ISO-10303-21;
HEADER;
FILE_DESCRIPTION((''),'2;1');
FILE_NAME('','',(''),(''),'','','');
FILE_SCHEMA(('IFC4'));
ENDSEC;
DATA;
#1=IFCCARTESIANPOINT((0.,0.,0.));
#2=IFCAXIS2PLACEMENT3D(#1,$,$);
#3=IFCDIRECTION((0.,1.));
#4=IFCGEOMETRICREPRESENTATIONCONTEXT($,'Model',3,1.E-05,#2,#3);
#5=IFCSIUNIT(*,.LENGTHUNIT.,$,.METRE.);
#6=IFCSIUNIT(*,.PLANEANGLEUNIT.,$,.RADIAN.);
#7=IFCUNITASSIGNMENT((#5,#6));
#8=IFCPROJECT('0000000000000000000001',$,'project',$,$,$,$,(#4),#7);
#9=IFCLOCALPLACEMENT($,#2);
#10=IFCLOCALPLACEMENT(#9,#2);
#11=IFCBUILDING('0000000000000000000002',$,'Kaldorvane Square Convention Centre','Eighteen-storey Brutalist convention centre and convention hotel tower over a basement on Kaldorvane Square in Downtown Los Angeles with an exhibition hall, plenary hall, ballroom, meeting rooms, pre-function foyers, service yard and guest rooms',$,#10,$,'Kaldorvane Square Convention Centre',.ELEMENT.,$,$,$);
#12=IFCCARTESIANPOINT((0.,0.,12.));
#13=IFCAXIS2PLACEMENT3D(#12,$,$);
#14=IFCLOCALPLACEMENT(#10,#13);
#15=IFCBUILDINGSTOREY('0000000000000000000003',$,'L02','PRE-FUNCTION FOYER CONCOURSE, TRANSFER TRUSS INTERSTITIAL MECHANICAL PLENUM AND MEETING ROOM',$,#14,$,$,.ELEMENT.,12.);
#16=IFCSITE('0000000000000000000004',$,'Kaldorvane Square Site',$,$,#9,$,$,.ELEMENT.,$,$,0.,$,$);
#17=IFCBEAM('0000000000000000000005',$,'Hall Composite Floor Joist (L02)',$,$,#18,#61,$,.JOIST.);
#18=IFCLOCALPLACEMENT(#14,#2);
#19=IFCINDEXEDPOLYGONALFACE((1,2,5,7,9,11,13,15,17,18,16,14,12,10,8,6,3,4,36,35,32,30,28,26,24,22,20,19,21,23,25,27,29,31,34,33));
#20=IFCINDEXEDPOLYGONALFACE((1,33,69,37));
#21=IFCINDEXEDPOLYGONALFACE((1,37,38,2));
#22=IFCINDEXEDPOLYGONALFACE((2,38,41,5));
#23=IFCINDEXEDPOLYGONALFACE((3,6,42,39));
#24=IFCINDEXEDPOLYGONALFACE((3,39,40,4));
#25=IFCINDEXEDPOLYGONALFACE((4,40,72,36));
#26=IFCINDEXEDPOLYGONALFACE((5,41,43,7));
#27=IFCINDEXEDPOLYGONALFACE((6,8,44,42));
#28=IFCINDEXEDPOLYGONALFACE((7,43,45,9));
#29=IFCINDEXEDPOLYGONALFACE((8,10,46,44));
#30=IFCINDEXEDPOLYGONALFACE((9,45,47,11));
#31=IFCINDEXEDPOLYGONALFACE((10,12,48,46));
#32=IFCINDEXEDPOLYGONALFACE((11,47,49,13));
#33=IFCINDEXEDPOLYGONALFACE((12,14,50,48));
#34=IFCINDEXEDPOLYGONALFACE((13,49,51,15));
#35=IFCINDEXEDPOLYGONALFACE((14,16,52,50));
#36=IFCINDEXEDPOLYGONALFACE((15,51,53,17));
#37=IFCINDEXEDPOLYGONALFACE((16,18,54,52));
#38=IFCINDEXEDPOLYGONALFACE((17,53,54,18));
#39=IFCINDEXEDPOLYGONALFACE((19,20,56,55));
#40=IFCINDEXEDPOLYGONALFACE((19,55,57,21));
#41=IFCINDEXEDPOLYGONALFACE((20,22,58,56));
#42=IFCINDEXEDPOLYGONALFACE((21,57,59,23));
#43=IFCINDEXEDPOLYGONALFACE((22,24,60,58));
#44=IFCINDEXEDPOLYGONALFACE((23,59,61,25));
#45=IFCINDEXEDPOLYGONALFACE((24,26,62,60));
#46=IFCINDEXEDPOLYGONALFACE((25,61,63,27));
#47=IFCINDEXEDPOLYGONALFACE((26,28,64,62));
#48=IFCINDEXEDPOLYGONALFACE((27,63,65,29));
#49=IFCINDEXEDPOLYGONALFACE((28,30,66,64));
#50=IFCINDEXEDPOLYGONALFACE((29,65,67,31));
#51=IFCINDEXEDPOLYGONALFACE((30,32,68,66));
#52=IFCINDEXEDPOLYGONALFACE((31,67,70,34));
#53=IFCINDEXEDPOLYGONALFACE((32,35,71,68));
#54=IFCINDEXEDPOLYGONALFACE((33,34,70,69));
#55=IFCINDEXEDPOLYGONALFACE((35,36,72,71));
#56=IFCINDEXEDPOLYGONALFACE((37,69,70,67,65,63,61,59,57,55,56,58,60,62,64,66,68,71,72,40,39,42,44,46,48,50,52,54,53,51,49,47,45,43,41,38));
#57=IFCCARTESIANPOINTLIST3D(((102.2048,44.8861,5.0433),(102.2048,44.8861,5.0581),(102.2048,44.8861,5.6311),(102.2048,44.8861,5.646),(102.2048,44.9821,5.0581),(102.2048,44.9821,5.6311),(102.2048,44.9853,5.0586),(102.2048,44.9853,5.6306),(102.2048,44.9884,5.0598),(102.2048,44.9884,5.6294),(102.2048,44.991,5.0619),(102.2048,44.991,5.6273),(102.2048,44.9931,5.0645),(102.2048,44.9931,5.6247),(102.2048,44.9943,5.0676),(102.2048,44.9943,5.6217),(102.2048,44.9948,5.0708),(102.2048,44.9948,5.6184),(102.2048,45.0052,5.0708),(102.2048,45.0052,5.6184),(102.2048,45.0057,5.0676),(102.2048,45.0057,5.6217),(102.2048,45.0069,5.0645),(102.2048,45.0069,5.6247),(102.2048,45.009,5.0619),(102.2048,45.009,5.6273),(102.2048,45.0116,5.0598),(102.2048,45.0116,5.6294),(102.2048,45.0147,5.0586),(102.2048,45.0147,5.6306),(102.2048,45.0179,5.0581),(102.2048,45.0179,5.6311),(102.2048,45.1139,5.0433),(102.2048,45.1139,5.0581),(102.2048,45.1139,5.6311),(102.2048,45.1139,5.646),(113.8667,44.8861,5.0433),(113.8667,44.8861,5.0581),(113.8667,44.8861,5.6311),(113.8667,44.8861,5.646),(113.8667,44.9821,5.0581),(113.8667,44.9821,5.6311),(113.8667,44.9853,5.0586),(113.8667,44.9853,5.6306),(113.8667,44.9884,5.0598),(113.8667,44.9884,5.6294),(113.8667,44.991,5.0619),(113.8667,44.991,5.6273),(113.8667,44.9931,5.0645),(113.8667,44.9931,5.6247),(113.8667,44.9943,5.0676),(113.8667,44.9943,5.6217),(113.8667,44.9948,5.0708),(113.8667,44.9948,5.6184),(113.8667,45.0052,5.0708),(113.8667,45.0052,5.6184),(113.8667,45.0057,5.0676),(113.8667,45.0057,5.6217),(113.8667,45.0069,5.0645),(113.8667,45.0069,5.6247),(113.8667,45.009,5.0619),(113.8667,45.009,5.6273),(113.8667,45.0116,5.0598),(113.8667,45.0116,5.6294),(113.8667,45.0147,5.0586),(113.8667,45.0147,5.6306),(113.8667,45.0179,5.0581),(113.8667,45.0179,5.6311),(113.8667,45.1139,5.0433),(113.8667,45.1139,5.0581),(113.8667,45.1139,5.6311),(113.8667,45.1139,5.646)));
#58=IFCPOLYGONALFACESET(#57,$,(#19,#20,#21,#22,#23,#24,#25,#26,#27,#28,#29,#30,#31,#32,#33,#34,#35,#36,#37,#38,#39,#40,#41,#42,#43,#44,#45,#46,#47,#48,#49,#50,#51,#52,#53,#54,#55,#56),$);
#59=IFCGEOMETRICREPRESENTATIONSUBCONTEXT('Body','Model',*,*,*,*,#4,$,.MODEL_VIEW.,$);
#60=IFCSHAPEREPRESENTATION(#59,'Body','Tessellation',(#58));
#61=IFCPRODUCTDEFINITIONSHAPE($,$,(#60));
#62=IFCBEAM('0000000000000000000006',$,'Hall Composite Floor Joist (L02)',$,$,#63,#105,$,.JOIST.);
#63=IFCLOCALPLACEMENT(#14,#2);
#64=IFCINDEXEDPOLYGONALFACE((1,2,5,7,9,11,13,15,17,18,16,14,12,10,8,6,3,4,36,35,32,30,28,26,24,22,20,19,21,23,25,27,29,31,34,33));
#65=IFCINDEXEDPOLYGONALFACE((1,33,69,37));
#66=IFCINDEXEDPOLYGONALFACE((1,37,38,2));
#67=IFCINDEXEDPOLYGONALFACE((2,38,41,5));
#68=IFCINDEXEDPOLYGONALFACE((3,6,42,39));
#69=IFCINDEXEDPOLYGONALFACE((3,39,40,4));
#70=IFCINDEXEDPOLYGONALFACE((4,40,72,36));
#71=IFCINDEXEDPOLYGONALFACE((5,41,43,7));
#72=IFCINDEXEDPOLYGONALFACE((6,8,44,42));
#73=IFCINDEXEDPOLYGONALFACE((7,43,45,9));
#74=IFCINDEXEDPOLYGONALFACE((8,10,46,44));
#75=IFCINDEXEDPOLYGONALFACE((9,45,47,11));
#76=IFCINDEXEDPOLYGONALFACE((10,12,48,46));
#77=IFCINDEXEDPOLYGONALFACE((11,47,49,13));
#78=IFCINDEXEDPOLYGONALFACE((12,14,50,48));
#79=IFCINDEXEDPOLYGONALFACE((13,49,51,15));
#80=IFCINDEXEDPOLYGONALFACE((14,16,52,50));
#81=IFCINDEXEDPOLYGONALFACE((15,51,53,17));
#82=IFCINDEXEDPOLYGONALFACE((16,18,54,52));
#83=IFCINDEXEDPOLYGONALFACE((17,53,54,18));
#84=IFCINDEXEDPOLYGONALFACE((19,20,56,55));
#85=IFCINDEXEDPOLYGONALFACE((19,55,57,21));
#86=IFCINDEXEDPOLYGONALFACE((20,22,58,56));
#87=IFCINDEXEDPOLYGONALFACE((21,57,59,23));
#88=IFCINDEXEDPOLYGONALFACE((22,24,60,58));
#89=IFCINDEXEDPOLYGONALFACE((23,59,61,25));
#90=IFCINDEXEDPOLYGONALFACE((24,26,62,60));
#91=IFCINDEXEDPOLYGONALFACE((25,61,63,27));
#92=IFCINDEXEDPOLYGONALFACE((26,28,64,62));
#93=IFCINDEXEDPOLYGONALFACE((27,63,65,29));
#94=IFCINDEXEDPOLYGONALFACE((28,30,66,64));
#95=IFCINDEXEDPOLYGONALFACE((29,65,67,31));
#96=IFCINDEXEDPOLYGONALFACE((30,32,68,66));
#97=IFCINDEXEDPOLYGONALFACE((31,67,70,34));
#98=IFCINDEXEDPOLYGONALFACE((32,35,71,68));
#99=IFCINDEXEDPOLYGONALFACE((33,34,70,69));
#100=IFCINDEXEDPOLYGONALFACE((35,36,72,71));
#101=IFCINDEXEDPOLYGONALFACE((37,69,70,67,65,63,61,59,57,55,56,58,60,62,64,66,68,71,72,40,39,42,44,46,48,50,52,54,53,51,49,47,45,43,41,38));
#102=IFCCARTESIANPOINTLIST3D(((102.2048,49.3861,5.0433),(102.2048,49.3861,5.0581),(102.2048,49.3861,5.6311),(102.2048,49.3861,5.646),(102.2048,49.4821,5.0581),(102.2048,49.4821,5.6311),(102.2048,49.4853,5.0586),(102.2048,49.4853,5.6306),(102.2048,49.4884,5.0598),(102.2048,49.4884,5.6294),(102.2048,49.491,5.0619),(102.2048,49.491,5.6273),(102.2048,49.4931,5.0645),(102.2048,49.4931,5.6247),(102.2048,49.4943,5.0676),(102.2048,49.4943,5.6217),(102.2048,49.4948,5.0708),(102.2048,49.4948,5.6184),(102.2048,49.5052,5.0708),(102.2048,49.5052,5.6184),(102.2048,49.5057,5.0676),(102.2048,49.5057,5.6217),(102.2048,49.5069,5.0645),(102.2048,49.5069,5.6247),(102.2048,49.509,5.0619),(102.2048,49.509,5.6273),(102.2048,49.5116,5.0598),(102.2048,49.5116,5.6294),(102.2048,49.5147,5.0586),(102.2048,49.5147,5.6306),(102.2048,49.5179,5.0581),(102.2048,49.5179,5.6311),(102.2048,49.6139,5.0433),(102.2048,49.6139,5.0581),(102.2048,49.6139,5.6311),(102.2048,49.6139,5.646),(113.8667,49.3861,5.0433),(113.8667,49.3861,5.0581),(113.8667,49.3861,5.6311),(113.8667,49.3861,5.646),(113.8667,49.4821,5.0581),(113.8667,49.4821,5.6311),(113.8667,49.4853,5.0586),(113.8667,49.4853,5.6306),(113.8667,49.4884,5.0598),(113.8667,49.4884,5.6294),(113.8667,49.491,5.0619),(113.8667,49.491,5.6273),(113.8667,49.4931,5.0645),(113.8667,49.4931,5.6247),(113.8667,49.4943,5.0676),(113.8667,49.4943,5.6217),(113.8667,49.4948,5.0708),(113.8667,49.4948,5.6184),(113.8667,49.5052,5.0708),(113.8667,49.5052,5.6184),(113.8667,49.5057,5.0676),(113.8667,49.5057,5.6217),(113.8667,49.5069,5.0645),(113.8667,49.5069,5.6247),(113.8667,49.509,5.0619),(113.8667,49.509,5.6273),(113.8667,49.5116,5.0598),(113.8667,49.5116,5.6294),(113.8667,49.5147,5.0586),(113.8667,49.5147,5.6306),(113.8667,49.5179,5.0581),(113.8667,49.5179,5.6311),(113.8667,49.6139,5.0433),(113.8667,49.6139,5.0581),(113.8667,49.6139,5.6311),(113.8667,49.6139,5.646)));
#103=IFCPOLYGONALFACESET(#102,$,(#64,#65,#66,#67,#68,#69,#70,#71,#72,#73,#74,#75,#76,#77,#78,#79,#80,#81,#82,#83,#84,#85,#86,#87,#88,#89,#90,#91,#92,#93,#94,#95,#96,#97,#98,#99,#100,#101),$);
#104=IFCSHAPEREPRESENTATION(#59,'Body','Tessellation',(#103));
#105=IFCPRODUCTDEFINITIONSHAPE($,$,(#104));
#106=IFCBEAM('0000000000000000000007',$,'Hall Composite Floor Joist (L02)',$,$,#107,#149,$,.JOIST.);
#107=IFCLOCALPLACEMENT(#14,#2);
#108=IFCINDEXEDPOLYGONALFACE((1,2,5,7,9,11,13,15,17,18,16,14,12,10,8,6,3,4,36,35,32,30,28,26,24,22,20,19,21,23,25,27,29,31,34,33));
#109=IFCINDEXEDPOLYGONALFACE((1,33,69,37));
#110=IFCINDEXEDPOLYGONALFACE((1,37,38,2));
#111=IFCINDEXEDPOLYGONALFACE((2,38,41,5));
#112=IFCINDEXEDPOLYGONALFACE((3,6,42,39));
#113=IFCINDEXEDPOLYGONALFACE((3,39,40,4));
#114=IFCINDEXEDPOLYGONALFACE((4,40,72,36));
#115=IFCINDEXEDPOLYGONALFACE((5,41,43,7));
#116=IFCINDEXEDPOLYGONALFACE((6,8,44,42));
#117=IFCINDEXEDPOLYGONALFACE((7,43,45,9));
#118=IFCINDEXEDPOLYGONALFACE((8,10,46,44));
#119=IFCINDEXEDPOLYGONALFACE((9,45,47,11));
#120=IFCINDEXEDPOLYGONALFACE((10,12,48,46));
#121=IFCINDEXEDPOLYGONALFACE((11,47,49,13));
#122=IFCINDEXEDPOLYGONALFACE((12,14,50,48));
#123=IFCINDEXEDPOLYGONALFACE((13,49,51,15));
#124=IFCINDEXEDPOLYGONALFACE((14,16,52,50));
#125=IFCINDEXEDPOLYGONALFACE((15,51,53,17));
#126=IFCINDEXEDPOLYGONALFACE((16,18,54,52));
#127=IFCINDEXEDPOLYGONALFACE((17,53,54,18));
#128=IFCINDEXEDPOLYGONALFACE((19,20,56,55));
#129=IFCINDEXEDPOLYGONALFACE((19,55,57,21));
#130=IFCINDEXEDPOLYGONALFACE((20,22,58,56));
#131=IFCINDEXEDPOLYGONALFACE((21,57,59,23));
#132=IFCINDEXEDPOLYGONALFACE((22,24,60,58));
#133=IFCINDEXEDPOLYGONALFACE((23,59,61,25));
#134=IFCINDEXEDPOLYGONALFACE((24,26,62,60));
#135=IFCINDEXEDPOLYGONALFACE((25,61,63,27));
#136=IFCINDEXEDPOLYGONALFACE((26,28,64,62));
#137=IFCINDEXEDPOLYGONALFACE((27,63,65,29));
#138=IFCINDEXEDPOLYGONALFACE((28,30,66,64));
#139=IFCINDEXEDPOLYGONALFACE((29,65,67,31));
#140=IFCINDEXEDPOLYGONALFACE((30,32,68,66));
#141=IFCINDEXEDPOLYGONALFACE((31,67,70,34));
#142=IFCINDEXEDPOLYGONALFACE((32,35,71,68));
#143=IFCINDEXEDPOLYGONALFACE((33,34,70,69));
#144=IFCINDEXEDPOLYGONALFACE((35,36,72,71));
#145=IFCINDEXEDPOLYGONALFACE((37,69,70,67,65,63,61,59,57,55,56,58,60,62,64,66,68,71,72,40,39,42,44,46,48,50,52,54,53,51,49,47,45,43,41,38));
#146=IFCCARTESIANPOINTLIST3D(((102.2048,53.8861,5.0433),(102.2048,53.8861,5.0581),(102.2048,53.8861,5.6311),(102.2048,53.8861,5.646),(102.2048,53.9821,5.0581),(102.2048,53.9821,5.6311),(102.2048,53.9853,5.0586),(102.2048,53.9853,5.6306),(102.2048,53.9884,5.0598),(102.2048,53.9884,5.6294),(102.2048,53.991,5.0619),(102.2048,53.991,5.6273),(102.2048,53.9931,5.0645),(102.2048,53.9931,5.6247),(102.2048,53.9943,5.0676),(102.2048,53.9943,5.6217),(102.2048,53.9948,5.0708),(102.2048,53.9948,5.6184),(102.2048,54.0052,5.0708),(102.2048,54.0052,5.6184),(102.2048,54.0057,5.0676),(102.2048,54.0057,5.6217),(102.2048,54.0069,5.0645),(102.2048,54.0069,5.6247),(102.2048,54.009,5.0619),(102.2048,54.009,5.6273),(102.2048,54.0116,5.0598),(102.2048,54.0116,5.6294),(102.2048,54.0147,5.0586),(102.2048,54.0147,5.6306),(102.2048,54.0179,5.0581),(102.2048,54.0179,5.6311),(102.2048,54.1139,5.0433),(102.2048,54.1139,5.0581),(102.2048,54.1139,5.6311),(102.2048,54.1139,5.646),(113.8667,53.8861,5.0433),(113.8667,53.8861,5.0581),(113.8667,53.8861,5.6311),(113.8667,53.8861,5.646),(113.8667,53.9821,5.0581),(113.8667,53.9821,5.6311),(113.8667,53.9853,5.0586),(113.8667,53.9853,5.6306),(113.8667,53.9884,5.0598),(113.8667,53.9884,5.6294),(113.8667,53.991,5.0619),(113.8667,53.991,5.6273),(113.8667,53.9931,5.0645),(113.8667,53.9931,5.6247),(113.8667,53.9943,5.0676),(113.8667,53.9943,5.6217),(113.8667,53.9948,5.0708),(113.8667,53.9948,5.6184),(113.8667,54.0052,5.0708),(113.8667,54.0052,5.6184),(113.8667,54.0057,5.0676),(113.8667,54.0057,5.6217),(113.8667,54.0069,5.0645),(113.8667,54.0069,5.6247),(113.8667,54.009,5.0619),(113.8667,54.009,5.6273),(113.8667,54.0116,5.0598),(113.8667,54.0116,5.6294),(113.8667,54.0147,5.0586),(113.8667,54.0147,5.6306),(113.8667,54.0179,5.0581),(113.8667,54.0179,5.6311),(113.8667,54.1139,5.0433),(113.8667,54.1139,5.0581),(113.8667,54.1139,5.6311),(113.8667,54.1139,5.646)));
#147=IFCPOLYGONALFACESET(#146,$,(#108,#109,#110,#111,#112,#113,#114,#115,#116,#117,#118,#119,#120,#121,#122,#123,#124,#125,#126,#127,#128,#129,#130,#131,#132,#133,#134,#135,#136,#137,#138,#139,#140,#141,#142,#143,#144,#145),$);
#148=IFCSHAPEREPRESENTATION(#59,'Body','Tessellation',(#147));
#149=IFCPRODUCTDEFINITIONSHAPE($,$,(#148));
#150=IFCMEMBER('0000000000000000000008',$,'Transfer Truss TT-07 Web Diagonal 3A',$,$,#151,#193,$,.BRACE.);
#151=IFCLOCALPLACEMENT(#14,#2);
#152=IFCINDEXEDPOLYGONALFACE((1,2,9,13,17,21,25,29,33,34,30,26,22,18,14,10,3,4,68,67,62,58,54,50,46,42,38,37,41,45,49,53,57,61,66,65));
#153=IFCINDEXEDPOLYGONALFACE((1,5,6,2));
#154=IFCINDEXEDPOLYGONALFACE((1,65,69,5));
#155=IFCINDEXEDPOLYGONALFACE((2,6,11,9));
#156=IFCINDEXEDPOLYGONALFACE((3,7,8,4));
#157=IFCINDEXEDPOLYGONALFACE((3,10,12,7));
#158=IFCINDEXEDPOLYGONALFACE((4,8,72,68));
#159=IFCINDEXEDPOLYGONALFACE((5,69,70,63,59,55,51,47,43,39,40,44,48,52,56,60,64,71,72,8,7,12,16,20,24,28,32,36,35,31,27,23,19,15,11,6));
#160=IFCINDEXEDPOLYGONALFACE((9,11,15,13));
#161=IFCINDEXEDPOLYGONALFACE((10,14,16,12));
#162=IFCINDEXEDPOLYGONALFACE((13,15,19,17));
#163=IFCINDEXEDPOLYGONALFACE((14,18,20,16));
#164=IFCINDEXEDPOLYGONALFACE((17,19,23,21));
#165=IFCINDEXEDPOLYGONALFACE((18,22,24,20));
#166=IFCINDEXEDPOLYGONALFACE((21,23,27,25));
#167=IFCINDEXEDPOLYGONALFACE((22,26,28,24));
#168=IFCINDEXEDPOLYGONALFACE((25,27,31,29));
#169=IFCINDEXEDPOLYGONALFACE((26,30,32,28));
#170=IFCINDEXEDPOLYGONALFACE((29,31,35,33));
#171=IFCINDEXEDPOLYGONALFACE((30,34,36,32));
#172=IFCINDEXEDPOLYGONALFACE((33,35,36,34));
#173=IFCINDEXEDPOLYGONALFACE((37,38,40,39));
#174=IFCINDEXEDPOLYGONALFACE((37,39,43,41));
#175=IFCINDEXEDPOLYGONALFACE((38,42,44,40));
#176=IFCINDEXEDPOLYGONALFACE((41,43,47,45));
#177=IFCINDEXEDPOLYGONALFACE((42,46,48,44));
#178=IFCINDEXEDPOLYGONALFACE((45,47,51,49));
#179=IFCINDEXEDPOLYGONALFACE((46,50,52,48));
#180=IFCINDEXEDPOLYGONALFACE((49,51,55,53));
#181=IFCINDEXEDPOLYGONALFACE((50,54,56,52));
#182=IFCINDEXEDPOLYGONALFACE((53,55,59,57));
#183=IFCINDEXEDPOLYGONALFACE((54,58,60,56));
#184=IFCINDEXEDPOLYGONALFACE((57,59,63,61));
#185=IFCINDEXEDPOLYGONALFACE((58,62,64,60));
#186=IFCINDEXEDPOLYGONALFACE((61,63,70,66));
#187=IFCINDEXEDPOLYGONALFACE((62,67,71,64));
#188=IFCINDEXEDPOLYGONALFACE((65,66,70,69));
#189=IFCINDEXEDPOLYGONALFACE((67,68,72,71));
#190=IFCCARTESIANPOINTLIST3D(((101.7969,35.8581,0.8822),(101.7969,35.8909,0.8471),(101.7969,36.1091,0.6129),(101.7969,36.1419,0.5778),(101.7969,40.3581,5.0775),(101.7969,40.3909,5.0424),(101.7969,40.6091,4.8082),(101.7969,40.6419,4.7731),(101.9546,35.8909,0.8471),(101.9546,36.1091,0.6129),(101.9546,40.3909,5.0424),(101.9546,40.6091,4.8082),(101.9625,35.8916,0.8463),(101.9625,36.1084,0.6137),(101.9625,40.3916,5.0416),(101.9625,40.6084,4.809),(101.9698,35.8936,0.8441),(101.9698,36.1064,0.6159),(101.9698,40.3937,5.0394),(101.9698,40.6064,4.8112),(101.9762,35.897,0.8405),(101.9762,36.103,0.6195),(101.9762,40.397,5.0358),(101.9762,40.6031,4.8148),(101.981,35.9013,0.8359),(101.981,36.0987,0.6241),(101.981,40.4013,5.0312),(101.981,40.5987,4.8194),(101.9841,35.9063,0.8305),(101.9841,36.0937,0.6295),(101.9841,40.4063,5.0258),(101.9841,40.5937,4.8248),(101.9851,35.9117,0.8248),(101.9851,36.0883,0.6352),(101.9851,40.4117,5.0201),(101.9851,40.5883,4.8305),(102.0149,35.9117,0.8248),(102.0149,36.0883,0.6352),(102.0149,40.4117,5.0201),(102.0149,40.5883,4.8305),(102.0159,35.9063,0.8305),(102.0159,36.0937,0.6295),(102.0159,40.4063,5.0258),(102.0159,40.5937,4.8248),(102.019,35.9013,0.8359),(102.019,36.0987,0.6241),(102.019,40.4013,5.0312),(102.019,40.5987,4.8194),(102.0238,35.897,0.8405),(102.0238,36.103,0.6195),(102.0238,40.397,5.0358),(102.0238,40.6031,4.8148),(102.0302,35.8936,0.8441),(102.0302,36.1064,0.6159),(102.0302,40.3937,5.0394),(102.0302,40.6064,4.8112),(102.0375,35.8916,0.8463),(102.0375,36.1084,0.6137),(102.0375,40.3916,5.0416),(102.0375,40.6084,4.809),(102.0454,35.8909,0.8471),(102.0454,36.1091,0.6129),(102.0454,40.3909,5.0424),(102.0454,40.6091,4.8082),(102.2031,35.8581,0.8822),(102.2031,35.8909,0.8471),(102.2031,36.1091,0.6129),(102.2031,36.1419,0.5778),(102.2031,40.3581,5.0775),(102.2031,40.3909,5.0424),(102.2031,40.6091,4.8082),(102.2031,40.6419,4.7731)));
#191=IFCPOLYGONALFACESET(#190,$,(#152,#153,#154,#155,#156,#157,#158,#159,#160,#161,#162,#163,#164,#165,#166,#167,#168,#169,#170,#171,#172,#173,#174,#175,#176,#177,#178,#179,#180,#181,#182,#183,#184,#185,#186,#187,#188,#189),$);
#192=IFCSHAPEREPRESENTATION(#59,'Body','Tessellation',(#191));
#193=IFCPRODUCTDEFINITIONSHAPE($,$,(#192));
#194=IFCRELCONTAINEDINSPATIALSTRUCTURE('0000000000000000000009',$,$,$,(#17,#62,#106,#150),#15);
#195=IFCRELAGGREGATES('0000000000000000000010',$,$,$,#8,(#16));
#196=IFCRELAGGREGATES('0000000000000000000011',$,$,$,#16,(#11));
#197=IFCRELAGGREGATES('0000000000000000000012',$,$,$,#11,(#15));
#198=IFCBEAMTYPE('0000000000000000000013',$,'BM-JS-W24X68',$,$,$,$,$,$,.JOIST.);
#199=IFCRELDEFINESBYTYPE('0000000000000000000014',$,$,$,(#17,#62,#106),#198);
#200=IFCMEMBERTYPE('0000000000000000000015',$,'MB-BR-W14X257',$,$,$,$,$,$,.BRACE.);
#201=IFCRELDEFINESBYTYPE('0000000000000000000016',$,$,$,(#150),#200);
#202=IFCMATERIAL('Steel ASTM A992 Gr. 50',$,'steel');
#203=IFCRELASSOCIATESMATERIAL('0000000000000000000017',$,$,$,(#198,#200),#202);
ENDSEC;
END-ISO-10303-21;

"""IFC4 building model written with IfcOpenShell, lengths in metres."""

from ifc_helpers import new_model, si_unit, direction, frame, origin, origin_2d, place, context, subcontext, project, spatial, i_section, extrude, material, material_profile, profile_set, type_object, element, save


model = new_model("IFC4")

# Units and contexts
model_context = context("Model", 3, precision=1e-05, world=origin(), true_north=direction((0.0, 1.0)))
body_context = subcontext(model_context, "Body", "Model", "MODEL_VIEW")
ifc_project = project(units=[si_unit("LENGTHUNIT", "METRE"), si_unit("PLANEANGLEUNIT", "RADIAN")], contexts=[model_context])

# Site, building, storey
site_placement = place(None, origin())
site = spatial("IfcSite", under=ifc_project, at=site_placement, Name="Kaldorvane Square Site", CompositionType="ELEMENT", RefElevation=0.0)
building_placement = place(site_placement, origin())
building = spatial("IfcBuilding", under=site, at=building_placement, Name="Kaldorvane Square Convention Centre", Description="Eighteen-storey Brutalist convention centre and convention hotel tower over a basement on Kaldorvane Square in Downtown Los Angeles with an exhibition hall, plenary hall, ballroom, meeting rooms, pre-function foyers, service yard and guest rooms", LongName="Kaldorvane Square Convention Centre", CompositionType="ELEMENT")
storey_placement = place(building_placement, frame((0.0, 0.0, 12.0)))
storey = spatial("IfcBuildingStorey", under=building, at=storey_placement, Name="L02", Description="PRE-FUNCTION FOYER CONCOURSE, TRANSFER TRUSS INTERSTITIAL MECHANICAL PLENUM AND MEETING ROOM", CompositionType="ELEMENT", Elevation=12.0)

# Shared definitions
ifc_material_1 = material(Name="Steel ASTM A992 Gr. 50", Category="steel")

# Beams
ifc_material_profile_1 = material_profile(ifc_material_1, i_section(OverallWidth=0.2277, OverallDepth=0.6027, WebThickness=0.0105, FlangeThickness=0.0149, FilletRadius=0.0127, at=origin_2d()), Name="W24X68")
ifc_profile_set_1 = profile_set([ifc_material_profile_1], Name="Steel ASTM A992 Gr. 50")
beam_type_1 = type_object("IfcBeamType", Name="BM-JS-W24X68", PredefinedType="JOIST", material=ifc_profile_set_1)
for number, where, z_axis, x_axis, name in (
    (1, (102.2048, 45.0, 5.3446), (1.0, 0.0, 0.0), (0.0, 1.0, 0.0), "Hall Composite Floor Joist (L02)"),
    (2, (102.2048, 49.5, 5.3446), (1.0, 0.0, 0.0), (0.0, 1.0, 0.0), "Hall Composite Floor Joist (L02)"),
    (3, (102.2048, 54.0, 5.3446), (1.0, 0.0, 0.0), (0.0, 1.0, 0.0), "Hall Composite Floor Joist (L02)"),
):
    element("IfcBeam", number, at=place(storey_placement, frame(where, z_axis=z_axis, x_axis=x_axis)), inside=storey, type_object=beam_type_1, Name=name, PredefinedType="JOIST", context=body_context, shape_type="SweptSolid", body=[
        extrude(i_section(OverallWidth=0.2277, OverallDepth=0.6027, WebThickness=0.0105, FlangeThickness=0.0149, FilletRadius=0.0127, at=origin_2d()), origin(), (0.0, 0.0, 1.0), 11.6619),
    ])

# Member
ifc_material_profile_2 = material_profile(ifc_material_1, i_section(OverallWidth=0.4063, OverallDepth=0.4161, WebThickness=0.0298, FlangeThickness=0.048, FilletRadius=0.0305, at=origin_2d()), Name="W14X257")
ifc_profile_set_2 = profile_set([ifc_material_profile_2], Name="Steel ASTM A992 Gr. 50")
member_type_1 = type_object("IfcMemberType", Name="MB-BR-W14X257", PredefinedType="BRACE", material=ifc_profile_set_2)
for number, where, z_axis, x_axis, name in (
    (4, (102.0, 36.0, 0.73), (0.0, 0.731436, 0.68191), (-1.0, 0.0, 0.0), "Transfer Truss TT-07 Web Diagonal 3A"),
):
    element("IfcMember", number, at=place(storey_placement, frame(where, z_axis=z_axis, x_axis=x_axis)), inside=storey, type_object=member_type_1, Name=name, PredefinedType="BRACE", context=body_context, shape_type="SweptSolid", body=[
        extrude(i_section(OverallWidth=0.4063, OverallDepth=0.4161, WebThickness=0.0298, FlangeThickness=0.048, FilletRadius=0.0305, at=origin_2d()), origin(), (0.0, 0.0, 1.0), 6.1523),
    ])

save(model, "model.ifc")
